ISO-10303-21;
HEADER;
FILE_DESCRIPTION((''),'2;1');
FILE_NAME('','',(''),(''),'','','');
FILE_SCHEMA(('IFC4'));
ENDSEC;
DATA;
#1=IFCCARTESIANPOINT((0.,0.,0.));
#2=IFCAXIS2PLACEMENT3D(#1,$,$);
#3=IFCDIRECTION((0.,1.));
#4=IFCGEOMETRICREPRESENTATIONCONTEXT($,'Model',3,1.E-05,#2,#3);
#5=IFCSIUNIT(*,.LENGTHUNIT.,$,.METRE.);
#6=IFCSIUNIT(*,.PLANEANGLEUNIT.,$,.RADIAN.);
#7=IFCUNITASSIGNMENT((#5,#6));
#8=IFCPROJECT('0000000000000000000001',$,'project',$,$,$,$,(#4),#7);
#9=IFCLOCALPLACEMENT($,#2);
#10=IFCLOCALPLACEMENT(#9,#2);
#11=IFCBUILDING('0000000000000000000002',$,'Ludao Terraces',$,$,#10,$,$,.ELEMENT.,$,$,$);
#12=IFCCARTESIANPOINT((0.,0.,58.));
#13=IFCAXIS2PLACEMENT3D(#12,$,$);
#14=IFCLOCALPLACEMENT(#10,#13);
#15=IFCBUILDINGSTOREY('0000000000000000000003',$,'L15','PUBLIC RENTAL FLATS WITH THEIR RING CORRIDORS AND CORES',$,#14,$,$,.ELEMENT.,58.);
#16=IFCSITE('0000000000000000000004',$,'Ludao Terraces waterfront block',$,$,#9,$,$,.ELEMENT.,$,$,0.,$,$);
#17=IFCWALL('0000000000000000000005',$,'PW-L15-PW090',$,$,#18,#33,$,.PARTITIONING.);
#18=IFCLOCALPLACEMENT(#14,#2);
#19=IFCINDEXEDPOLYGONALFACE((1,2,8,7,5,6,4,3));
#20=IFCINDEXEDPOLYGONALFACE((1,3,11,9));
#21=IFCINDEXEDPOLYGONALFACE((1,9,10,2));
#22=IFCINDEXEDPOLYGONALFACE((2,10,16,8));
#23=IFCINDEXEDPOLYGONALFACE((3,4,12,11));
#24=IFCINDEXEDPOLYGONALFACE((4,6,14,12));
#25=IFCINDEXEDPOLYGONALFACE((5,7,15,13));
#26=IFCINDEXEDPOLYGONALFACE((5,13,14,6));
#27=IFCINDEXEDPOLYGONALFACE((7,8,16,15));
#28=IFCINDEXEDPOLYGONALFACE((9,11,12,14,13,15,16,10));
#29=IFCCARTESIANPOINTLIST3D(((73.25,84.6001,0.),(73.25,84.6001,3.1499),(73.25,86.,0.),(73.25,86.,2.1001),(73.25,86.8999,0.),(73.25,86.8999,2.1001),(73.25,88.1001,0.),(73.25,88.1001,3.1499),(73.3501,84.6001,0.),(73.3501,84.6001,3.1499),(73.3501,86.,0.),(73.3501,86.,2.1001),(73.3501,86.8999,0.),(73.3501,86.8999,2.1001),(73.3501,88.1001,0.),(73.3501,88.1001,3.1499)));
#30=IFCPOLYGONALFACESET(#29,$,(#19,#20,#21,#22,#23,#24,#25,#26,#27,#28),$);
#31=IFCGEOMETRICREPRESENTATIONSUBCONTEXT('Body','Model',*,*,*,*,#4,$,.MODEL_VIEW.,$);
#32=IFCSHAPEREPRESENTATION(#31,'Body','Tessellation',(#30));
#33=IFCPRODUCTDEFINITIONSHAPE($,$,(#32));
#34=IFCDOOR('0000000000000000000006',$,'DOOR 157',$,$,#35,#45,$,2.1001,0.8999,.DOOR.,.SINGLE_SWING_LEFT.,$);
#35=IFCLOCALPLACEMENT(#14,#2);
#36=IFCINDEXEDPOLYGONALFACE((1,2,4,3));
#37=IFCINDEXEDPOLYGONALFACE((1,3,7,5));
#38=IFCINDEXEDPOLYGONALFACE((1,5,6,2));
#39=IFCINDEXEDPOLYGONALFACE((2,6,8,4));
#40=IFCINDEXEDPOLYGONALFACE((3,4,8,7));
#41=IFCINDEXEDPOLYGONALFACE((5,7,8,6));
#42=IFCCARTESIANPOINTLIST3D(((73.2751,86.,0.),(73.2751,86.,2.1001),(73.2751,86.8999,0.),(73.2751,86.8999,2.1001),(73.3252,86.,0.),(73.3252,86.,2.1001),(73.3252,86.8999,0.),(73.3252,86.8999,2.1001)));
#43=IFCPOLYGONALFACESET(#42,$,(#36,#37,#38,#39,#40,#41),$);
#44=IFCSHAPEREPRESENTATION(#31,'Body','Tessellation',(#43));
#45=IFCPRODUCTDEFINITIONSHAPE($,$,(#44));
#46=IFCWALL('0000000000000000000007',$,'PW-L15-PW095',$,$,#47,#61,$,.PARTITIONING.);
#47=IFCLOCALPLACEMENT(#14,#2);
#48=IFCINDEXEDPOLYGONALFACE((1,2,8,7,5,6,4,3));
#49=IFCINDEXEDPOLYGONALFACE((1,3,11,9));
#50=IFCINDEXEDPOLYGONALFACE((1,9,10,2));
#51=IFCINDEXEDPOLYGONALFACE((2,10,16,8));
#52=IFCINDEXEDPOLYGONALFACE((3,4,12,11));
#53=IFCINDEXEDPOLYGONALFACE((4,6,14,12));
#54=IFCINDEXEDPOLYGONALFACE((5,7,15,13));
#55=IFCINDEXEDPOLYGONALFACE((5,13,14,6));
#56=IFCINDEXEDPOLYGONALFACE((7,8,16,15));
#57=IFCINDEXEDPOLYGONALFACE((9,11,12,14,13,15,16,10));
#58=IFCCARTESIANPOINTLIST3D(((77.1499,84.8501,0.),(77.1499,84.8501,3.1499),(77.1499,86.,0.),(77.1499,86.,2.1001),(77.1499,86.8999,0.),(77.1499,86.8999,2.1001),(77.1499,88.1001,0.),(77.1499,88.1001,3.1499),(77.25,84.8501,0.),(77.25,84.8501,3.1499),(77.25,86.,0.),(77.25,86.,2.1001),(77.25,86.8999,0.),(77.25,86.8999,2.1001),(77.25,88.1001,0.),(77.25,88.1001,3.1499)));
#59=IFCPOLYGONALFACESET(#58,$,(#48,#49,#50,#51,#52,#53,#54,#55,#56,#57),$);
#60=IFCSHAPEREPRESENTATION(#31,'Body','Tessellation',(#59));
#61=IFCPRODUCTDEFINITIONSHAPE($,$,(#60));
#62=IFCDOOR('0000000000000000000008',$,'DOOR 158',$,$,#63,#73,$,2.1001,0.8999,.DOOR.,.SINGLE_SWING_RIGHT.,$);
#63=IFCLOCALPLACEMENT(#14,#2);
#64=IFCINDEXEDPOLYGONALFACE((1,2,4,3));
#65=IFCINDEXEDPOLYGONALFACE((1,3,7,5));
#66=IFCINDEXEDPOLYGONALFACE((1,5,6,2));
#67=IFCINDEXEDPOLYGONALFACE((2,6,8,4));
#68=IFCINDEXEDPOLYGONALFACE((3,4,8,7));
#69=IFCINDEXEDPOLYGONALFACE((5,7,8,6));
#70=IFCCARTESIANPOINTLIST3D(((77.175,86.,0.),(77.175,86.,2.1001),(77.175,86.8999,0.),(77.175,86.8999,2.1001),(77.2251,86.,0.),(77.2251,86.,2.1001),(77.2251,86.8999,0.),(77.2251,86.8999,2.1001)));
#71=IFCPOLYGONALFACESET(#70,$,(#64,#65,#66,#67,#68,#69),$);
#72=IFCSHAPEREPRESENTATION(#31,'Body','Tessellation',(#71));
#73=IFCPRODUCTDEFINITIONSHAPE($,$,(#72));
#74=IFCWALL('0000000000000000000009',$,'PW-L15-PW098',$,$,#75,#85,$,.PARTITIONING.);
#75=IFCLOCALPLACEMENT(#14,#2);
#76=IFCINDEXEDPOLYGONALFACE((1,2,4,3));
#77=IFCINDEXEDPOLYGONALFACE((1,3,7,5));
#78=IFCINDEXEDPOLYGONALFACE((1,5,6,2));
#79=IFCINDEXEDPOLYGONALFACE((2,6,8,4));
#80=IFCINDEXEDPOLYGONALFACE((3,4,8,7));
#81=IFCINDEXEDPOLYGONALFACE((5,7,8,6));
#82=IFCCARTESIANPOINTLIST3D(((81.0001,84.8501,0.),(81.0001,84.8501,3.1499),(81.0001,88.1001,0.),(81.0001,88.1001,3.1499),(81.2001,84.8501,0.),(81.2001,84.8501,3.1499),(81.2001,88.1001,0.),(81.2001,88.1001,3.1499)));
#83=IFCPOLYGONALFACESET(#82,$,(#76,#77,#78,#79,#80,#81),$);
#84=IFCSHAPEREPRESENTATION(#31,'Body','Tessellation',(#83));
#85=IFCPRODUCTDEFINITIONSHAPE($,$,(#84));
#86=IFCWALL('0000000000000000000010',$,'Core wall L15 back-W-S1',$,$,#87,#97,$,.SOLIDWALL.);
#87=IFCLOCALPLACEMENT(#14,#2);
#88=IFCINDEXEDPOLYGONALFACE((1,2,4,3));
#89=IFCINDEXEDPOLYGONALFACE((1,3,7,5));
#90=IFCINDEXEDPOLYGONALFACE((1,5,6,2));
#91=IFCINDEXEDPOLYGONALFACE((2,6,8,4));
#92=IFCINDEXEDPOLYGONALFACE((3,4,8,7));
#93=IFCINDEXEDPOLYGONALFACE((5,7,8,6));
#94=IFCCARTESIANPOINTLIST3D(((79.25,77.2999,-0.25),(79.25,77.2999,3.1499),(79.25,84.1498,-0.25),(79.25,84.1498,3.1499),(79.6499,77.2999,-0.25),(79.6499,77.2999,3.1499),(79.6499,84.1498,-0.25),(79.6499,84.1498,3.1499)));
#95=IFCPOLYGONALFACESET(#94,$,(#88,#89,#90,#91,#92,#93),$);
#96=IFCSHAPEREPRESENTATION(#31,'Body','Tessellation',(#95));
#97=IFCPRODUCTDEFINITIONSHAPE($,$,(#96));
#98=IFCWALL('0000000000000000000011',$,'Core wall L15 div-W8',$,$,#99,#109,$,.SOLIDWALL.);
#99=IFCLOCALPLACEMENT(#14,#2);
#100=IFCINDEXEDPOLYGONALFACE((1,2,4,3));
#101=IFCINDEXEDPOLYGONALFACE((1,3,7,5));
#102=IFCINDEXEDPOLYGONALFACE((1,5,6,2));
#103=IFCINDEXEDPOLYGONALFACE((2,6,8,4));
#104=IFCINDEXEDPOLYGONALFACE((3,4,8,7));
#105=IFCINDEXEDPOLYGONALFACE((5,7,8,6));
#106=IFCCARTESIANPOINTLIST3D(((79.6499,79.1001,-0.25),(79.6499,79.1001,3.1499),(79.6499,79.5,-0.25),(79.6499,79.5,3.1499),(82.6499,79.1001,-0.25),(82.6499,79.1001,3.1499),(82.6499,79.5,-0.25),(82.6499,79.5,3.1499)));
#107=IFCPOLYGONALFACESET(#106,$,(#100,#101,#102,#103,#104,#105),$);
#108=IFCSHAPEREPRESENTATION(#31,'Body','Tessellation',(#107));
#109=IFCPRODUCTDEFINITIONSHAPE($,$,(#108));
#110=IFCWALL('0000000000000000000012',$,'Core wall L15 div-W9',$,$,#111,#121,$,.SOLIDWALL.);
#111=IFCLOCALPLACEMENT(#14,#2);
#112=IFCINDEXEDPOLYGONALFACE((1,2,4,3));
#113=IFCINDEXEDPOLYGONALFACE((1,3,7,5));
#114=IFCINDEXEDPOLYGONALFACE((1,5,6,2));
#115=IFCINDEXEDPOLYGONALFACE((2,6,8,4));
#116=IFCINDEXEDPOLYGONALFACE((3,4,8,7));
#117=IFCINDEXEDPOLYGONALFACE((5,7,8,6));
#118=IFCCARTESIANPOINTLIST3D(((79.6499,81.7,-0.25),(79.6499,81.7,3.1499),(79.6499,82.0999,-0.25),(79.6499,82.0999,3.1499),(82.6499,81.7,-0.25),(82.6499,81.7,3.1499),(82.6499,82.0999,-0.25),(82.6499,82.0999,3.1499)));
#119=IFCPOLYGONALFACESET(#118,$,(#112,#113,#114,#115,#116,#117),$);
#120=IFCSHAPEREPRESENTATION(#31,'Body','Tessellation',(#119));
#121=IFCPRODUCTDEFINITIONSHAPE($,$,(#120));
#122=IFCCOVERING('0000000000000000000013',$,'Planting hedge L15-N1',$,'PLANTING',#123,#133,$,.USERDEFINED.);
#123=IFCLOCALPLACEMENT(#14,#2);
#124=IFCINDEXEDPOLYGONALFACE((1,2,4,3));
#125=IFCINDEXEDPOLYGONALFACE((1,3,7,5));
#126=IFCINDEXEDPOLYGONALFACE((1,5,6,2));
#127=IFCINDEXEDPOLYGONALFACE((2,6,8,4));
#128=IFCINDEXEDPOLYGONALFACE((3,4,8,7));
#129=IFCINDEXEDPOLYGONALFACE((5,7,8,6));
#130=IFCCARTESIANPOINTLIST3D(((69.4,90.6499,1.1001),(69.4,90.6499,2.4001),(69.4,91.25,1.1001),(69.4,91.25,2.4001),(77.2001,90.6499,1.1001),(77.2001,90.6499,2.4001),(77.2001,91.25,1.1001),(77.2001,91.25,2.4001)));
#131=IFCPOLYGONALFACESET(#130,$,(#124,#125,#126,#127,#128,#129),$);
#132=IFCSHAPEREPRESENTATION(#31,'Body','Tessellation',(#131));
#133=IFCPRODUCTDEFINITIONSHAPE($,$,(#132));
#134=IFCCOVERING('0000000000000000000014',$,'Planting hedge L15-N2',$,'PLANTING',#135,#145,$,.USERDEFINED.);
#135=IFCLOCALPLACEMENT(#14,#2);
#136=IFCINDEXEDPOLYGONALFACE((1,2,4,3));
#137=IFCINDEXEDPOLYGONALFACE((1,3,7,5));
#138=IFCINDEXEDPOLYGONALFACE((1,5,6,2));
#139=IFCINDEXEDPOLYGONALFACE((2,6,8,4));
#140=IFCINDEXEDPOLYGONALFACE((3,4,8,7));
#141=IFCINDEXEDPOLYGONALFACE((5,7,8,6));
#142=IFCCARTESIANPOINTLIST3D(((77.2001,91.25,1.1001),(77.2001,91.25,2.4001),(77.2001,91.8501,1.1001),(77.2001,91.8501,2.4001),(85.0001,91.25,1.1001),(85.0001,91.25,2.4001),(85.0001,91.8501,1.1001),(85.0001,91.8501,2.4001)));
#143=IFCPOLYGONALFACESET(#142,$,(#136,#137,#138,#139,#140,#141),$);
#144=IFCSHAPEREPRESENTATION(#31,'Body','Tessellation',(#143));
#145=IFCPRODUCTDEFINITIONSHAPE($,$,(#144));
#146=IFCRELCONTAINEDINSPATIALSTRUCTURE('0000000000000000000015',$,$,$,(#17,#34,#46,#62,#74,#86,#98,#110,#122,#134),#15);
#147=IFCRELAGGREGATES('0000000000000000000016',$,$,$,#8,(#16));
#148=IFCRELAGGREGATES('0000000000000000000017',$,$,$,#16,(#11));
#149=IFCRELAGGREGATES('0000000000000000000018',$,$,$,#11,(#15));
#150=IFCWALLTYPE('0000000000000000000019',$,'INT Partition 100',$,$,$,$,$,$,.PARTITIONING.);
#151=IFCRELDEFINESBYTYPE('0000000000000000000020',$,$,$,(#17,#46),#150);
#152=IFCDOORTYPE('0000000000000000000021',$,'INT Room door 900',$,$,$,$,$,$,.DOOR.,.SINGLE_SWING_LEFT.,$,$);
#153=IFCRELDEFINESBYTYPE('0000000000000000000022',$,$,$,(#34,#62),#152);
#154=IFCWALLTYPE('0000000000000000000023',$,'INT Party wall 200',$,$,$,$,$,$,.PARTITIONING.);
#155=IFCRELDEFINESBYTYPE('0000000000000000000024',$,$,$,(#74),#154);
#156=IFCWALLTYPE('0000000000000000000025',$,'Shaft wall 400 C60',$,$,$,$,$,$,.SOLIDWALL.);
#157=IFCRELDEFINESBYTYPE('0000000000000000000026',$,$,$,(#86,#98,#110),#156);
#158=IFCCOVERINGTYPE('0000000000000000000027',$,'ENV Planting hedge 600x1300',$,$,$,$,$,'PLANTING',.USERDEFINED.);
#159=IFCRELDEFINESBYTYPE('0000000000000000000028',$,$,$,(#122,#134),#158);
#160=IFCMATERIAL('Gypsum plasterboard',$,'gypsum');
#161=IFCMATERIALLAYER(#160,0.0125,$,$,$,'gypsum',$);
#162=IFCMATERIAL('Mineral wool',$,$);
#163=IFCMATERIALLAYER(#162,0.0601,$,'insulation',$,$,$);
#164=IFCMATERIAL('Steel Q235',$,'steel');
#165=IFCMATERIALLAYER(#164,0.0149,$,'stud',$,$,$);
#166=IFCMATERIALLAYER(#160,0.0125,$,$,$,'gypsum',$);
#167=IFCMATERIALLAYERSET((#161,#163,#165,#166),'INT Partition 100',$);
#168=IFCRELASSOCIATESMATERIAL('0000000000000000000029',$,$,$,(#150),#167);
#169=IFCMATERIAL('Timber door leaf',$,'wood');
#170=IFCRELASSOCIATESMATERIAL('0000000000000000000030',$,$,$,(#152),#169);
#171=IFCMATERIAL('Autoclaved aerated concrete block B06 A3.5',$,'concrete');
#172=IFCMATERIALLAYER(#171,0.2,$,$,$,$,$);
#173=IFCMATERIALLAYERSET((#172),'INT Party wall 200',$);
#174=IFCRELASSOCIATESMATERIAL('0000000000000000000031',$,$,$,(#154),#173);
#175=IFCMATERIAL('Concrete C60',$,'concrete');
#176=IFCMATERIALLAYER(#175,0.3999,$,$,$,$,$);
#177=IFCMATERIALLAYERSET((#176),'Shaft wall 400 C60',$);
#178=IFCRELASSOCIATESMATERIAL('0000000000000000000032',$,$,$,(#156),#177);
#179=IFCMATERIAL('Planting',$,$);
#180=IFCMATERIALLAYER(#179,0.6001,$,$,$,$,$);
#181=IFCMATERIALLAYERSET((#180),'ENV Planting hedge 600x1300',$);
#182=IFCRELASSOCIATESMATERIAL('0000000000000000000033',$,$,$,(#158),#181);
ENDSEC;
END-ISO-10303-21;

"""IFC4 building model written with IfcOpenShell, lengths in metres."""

from ifc_helpers import new_model, si_unit, direction, frame, frame_2d, origin, origin_2d, place, context, subcontext, project, spatial, rectangle, extrude, material, layer, layer_set, type_object, element, fill, save


model = new_model("IFC4")

# Units and contexts
model_context = context("Model", 3, precision=1e-05, world=origin(), true_north=direction((0.0, 1.0)))
body_context = subcontext(model_context, "Body", "Model", "MODEL_VIEW")
ifc_project = project(units=[si_unit("LENGTHUNIT", "METRE"), si_unit("PLANEANGLEUNIT", "RADIAN")], contexts=[model_context])

# Site, building, storey
site_placement = place(None, origin())
site = spatial("IfcSite", under=ifc_project, at=site_placement, Name="Ludao Terraces waterfront block", CompositionType="ELEMENT", RefElevation=0.0)
building_placement = place(site_placement, origin())
building = spatial("IfcBuilding", under=site, at=building_placement, Name="Ludao Terraces", CompositionType="ELEMENT")
storey_placement = place(building_placement, frame((0.0, 0.0, 58.0)))
storey = spatial("IfcBuildingStorey", under=building, at=storey_placement, Name="L15", Description="PUBLIC RENTAL FLATS WITH THEIR RING CORRIDORS AND CORES", CompositionType="ELEMENT", Elevation=58.0)

# Shared definitions
ifc_material_1 = material(Name="Mineral wool")

# Shared definitions
ifc_material_2 = material(Name="Autoclaved aerated concrete block B06 A3.5", Category="concrete")
ifc_material_3 = material(Name="Gypsum plasterboard", Category="gypsum")
ifc_layer_1 = layer(ifc_material_3, 0.0125, Category="gypsum")
ifc_layer_2 = layer(ifc_material_1, 0.0601, Name="insulation")
ifc_material_4 = material(Name="Steel Q235", Category="steel")
ifc_layer_3 = layer(ifc_material_4, 0.0149, Name="stud")
ifc_layer_4 = layer(ifc_material_3, 0.0125, Category="gypsum")
ifc_layer_set_1 = layer_set([ifc_layer_1, ifc_layer_2, ifc_layer_3, ifc_layer_4], Name="INT Partition 100")
wall_type_1 = type_object("IfcWallType", Name="INT Partition 100", PredefinedType="PARTITIONING", material=ifc_layer_set_1)

# Shared definitions
ifc_material_5 = material(Name="Timber door leaf", Category="wood")
door_type_1 = type_object("IfcDoorType", Name="INT Room door 900", OperationType="SINGLE_SWING_LEFT", PredefinedType="DOOR", material=ifc_material_5)

# Walls, openings, doors
wall_1_placement = place(storey_placement, frame((73.3, 84.6001, 0.0), z_axis=(0.0, 0.0, 1.0), x_axis=(0.0, 1.0, 0.0)))
wall_1 = element("IfcWall", 1, at=wall_1_placement, inside=storey, type_object=wall_type_1, Name="PW-L15-PW090", PredefinedType="PARTITIONING", context=body_context, shape_type="SweptSolid", body=[
    extrude(rectangle(XDim=3.5, YDim=0.1001, at=frame_2d((1.75, 0.0))), origin(), (0.0, 0.0, 1.0), 3.1499),
])
opening_1_placement = place(wall_1_placement, frame((1.3999, 0.0, 0.0)))
opening_1 = element("IfcOpeningElement", 2, at=opening_1_placement, cuts=wall_1, PredefinedType="OPENING", context=body_context, shape_type="SweptSolid", body=[
    extrude(rectangle(XDim=0.8999, YDim=2.1001, at=frame_2d((0.45, 1.05))), frame((0.0, 0.0601, 0.0), z_axis=(0.0, -1.0, 0.0), x_axis=(1.0, 0.0, 0.0)), (0.0, 0.0, 1.0), 0.1201),
])
door_1_placement = place(opening_1_placement, origin())
door_1 = element("IfcDoor", 3, at=door_1_placement, inside=storey, type_object=door_type_1, Name="DOOR 157", OperationType="SINGLE_SWING_LEFT", OverallHeight=2.1001, OverallWidth=0.8999, PredefinedType="DOOR", context=body_context, shape_type="SweptSolid", body=[
    extrude(rectangle(XDim=0.8999, YDim=2.1001, at=frame_2d((0.45, 1.05))), frame((0.0, 0.0249, 0.0), z_axis=(0.0, -1.0, 0.0), x_axis=(1.0, 0.0, 0.0)), (0.0, 0.0, 1.0), 0.05),
])
fill(opening_1, door_1)
wall_2_placement = place(storey_placement, frame((77.2, 84.8501, 0.0), z_axis=(0.0, 0.0, 1.0), x_axis=(0.0, 1.0, 0.0)))
wall_2 = element("IfcWall", 4, at=wall_2_placement, inside=storey, type_object=wall_type_1, Name="PW-L15-PW095", PredefinedType="PARTITIONING", context=body_context, shape_type="SweptSolid", body=[
    extrude(rectangle(XDim=3.25, YDim=0.1001, at=frame_2d((1.625, 0.0))), origin(), (0.0, 0.0, 1.0), 3.1499),
])
opening_2_placement = place(wall_2_placement, frame((1.1499, 0.0, 0.0)))
opening_2 = element("IfcOpeningElement", 5, at=opening_2_placement, cuts=wall_2, PredefinedType="OPENING", context=body_context, shape_type="SweptSolid", body=[
    extrude(rectangle(XDim=0.8999, YDim=2.1001, at=frame_2d((0.45, 1.05))), frame((0.0, 0.0601, 0.0), z_axis=(0.0, -1.0, 0.0), x_axis=(1.0, 0.0, 0.0)), (0.0, 0.0, 1.0), 0.1201),
])
door_2_placement = place(opening_2_placement, origin())
door_2 = element("IfcDoor", 6, at=door_2_placement, inside=storey, type_object=door_type_1, Name="DOOR 158", OperationType="SINGLE_SWING_RIGHT", OverallHeight=2.1001, OverallWidth=0.8999, PredefinedType="DOOR", context=body_context, shape_type="SweptSolid", body=[
    extrude(rectangle(XDim=0.8999, YDim=2.1001, at=frame_2d((0.45, 1.05))), frame((0.0, 0.0249, 0.0), z_axis=(0.0, -1.0, 0.0), x_axis=(1.0, 0.0, 0.0)), (0.0, 0.0, 1.0), 0.05),
])
fill(opening_2, door_2)

# Walls
ifc_layer_5 = layer(ifc_material_2, 0.2)
ifc_layer_set_2 = layer_set([ifc_layer_5], Name="INT Party wall 200")
wall_type_2 = type_object("IfcWallType", Name="INT Party wall 200", PredefinedType="PARTITIONING", material=ifc_layer_set_2)
wall_3_placement = place(storey_placement, frame((81.1001, 84.8501, 0.0), z_axis=(0.0, 0.0, 1.0), x_axis=(0.0, 1.0, 0.0)))
element("IfcWall", 7, at=wall_3_placement, inside=storey, type_object=wall_type_2, Name="PW-L15-PW098", PredefinedType="PARTITIONING", context=body_context, shape_type="SweptSolid", body=[
    extrude(rectangle(XDim=3.25, YDim=0.2, at=frame_2d((1.625, 0.0))), origin(), (0.0, 0.0, 1.0), 3.1499),
])
ifc_material_6 = material(Name="Concrete C60", Category="concrete")
ifc_layer_6 = layer(ifc_material_6, 0.3999)
ifc_layer_set_3 = layer_set([ifc_layer_6], Name="Shaft wall 400 C60")
wall_type_3 = type_object("IfcWallType", Name="Shaft wall 400 C60", PredefinedType="SOLIDWALL", material=ifc_layer_set_3)
wall_4_placement = place(storey_placement, frame((79.45, 77.3, -0.25), z_axis=(0.0, 0.0, 1.0), x_axis=(0.0, 1.0, 0.0)))
element("IfcWall", 8, at=wall_4_placement, inside=storey, type_object=wall_type_3, Name="Core wall L15 back-W-S1", PredefinedType="SOLIDWALL", context=body_context, shape_type="SweptSolid", body=[
    extrude(rectangle(XDim=6.8499, YDim=0.3999, at=frame_2d((3.4248, 0.0))), origin(), (0.0, 0.0, 1.0), 3.3999),
])
for number, where, z_axis, x_axis, name in (
    (9, (79.6499, 79.3, -0.25), (0.0, 0.0, 1.0), (1.0, 0.0, 0.0), "Core wall L15 div-W8"),
    (10, (79.6499, 81.8999, -0.25), (0.0, 0.0, 1.0), (1.0, 0.0, 0.0), "Core wall L15 div-W9"),
):
    element("IfcWall", number, at=place(storey_placement, frame(where, z_axis=z_axis, x_axis=x_axis)), inside=storey, type_object=wall_type_3, Name=name, PredefinedType="SOLIDWALL", context=body_context, shape_type="SweptSolid", body=[
        extrude(rectangle(XDim=3.0, YDim=0.3999, at=frame_2d((1.5, 0.0))), origin(), (0.0, 0.0, 1.0), 3.3999),
    ])

# Coverings
ifc_material_7 = material(Name="Planting")
ifc_layer_7 = layer(ifc_material_7, 0.6001)
ifc_layer_set_4 = layer_set([ifc_layer_7], Name="ENV Planting hedge 600x1300")
covering_type = type_object("IfcCoveringType", Name="ENV Planting hedge 600x1300", ElementType="PLANTING", PredefinedType="USERDEFINED", material=ifc_layer_set_4)
for number, where, z_axis, x_axis, name in (
    (11, (73.3, 90.95, 1.1001), (0.0, 0.0, 1.0), (1.0, 0.0, 0.0), "Planting hedge L15-N1"),
    (12, (81.1001, 91.55, 1.1001), (0.0, 0.0, 1.0), (1.0, 0.0, 0.0), "Planting hedge L15-N2"),
):
    element("IfcCovering", number, at=place(storey_placement, frame(where, z_axis=z_axis, x_axis=x_axis)), inside=storey, type_object=covering_type, Name=name, ObjectType="PLANTING", PredefinedType="USERDEFINED", context=body_context, shape_type="SweptSolid", body=[
        extrude(rectangle(XDim=7.8, YDim=0.6001, at=origin_2d()), origin(), (0.0, 0.0, 1.0), 1.3),
    ])

save(model, "model.ifc")
